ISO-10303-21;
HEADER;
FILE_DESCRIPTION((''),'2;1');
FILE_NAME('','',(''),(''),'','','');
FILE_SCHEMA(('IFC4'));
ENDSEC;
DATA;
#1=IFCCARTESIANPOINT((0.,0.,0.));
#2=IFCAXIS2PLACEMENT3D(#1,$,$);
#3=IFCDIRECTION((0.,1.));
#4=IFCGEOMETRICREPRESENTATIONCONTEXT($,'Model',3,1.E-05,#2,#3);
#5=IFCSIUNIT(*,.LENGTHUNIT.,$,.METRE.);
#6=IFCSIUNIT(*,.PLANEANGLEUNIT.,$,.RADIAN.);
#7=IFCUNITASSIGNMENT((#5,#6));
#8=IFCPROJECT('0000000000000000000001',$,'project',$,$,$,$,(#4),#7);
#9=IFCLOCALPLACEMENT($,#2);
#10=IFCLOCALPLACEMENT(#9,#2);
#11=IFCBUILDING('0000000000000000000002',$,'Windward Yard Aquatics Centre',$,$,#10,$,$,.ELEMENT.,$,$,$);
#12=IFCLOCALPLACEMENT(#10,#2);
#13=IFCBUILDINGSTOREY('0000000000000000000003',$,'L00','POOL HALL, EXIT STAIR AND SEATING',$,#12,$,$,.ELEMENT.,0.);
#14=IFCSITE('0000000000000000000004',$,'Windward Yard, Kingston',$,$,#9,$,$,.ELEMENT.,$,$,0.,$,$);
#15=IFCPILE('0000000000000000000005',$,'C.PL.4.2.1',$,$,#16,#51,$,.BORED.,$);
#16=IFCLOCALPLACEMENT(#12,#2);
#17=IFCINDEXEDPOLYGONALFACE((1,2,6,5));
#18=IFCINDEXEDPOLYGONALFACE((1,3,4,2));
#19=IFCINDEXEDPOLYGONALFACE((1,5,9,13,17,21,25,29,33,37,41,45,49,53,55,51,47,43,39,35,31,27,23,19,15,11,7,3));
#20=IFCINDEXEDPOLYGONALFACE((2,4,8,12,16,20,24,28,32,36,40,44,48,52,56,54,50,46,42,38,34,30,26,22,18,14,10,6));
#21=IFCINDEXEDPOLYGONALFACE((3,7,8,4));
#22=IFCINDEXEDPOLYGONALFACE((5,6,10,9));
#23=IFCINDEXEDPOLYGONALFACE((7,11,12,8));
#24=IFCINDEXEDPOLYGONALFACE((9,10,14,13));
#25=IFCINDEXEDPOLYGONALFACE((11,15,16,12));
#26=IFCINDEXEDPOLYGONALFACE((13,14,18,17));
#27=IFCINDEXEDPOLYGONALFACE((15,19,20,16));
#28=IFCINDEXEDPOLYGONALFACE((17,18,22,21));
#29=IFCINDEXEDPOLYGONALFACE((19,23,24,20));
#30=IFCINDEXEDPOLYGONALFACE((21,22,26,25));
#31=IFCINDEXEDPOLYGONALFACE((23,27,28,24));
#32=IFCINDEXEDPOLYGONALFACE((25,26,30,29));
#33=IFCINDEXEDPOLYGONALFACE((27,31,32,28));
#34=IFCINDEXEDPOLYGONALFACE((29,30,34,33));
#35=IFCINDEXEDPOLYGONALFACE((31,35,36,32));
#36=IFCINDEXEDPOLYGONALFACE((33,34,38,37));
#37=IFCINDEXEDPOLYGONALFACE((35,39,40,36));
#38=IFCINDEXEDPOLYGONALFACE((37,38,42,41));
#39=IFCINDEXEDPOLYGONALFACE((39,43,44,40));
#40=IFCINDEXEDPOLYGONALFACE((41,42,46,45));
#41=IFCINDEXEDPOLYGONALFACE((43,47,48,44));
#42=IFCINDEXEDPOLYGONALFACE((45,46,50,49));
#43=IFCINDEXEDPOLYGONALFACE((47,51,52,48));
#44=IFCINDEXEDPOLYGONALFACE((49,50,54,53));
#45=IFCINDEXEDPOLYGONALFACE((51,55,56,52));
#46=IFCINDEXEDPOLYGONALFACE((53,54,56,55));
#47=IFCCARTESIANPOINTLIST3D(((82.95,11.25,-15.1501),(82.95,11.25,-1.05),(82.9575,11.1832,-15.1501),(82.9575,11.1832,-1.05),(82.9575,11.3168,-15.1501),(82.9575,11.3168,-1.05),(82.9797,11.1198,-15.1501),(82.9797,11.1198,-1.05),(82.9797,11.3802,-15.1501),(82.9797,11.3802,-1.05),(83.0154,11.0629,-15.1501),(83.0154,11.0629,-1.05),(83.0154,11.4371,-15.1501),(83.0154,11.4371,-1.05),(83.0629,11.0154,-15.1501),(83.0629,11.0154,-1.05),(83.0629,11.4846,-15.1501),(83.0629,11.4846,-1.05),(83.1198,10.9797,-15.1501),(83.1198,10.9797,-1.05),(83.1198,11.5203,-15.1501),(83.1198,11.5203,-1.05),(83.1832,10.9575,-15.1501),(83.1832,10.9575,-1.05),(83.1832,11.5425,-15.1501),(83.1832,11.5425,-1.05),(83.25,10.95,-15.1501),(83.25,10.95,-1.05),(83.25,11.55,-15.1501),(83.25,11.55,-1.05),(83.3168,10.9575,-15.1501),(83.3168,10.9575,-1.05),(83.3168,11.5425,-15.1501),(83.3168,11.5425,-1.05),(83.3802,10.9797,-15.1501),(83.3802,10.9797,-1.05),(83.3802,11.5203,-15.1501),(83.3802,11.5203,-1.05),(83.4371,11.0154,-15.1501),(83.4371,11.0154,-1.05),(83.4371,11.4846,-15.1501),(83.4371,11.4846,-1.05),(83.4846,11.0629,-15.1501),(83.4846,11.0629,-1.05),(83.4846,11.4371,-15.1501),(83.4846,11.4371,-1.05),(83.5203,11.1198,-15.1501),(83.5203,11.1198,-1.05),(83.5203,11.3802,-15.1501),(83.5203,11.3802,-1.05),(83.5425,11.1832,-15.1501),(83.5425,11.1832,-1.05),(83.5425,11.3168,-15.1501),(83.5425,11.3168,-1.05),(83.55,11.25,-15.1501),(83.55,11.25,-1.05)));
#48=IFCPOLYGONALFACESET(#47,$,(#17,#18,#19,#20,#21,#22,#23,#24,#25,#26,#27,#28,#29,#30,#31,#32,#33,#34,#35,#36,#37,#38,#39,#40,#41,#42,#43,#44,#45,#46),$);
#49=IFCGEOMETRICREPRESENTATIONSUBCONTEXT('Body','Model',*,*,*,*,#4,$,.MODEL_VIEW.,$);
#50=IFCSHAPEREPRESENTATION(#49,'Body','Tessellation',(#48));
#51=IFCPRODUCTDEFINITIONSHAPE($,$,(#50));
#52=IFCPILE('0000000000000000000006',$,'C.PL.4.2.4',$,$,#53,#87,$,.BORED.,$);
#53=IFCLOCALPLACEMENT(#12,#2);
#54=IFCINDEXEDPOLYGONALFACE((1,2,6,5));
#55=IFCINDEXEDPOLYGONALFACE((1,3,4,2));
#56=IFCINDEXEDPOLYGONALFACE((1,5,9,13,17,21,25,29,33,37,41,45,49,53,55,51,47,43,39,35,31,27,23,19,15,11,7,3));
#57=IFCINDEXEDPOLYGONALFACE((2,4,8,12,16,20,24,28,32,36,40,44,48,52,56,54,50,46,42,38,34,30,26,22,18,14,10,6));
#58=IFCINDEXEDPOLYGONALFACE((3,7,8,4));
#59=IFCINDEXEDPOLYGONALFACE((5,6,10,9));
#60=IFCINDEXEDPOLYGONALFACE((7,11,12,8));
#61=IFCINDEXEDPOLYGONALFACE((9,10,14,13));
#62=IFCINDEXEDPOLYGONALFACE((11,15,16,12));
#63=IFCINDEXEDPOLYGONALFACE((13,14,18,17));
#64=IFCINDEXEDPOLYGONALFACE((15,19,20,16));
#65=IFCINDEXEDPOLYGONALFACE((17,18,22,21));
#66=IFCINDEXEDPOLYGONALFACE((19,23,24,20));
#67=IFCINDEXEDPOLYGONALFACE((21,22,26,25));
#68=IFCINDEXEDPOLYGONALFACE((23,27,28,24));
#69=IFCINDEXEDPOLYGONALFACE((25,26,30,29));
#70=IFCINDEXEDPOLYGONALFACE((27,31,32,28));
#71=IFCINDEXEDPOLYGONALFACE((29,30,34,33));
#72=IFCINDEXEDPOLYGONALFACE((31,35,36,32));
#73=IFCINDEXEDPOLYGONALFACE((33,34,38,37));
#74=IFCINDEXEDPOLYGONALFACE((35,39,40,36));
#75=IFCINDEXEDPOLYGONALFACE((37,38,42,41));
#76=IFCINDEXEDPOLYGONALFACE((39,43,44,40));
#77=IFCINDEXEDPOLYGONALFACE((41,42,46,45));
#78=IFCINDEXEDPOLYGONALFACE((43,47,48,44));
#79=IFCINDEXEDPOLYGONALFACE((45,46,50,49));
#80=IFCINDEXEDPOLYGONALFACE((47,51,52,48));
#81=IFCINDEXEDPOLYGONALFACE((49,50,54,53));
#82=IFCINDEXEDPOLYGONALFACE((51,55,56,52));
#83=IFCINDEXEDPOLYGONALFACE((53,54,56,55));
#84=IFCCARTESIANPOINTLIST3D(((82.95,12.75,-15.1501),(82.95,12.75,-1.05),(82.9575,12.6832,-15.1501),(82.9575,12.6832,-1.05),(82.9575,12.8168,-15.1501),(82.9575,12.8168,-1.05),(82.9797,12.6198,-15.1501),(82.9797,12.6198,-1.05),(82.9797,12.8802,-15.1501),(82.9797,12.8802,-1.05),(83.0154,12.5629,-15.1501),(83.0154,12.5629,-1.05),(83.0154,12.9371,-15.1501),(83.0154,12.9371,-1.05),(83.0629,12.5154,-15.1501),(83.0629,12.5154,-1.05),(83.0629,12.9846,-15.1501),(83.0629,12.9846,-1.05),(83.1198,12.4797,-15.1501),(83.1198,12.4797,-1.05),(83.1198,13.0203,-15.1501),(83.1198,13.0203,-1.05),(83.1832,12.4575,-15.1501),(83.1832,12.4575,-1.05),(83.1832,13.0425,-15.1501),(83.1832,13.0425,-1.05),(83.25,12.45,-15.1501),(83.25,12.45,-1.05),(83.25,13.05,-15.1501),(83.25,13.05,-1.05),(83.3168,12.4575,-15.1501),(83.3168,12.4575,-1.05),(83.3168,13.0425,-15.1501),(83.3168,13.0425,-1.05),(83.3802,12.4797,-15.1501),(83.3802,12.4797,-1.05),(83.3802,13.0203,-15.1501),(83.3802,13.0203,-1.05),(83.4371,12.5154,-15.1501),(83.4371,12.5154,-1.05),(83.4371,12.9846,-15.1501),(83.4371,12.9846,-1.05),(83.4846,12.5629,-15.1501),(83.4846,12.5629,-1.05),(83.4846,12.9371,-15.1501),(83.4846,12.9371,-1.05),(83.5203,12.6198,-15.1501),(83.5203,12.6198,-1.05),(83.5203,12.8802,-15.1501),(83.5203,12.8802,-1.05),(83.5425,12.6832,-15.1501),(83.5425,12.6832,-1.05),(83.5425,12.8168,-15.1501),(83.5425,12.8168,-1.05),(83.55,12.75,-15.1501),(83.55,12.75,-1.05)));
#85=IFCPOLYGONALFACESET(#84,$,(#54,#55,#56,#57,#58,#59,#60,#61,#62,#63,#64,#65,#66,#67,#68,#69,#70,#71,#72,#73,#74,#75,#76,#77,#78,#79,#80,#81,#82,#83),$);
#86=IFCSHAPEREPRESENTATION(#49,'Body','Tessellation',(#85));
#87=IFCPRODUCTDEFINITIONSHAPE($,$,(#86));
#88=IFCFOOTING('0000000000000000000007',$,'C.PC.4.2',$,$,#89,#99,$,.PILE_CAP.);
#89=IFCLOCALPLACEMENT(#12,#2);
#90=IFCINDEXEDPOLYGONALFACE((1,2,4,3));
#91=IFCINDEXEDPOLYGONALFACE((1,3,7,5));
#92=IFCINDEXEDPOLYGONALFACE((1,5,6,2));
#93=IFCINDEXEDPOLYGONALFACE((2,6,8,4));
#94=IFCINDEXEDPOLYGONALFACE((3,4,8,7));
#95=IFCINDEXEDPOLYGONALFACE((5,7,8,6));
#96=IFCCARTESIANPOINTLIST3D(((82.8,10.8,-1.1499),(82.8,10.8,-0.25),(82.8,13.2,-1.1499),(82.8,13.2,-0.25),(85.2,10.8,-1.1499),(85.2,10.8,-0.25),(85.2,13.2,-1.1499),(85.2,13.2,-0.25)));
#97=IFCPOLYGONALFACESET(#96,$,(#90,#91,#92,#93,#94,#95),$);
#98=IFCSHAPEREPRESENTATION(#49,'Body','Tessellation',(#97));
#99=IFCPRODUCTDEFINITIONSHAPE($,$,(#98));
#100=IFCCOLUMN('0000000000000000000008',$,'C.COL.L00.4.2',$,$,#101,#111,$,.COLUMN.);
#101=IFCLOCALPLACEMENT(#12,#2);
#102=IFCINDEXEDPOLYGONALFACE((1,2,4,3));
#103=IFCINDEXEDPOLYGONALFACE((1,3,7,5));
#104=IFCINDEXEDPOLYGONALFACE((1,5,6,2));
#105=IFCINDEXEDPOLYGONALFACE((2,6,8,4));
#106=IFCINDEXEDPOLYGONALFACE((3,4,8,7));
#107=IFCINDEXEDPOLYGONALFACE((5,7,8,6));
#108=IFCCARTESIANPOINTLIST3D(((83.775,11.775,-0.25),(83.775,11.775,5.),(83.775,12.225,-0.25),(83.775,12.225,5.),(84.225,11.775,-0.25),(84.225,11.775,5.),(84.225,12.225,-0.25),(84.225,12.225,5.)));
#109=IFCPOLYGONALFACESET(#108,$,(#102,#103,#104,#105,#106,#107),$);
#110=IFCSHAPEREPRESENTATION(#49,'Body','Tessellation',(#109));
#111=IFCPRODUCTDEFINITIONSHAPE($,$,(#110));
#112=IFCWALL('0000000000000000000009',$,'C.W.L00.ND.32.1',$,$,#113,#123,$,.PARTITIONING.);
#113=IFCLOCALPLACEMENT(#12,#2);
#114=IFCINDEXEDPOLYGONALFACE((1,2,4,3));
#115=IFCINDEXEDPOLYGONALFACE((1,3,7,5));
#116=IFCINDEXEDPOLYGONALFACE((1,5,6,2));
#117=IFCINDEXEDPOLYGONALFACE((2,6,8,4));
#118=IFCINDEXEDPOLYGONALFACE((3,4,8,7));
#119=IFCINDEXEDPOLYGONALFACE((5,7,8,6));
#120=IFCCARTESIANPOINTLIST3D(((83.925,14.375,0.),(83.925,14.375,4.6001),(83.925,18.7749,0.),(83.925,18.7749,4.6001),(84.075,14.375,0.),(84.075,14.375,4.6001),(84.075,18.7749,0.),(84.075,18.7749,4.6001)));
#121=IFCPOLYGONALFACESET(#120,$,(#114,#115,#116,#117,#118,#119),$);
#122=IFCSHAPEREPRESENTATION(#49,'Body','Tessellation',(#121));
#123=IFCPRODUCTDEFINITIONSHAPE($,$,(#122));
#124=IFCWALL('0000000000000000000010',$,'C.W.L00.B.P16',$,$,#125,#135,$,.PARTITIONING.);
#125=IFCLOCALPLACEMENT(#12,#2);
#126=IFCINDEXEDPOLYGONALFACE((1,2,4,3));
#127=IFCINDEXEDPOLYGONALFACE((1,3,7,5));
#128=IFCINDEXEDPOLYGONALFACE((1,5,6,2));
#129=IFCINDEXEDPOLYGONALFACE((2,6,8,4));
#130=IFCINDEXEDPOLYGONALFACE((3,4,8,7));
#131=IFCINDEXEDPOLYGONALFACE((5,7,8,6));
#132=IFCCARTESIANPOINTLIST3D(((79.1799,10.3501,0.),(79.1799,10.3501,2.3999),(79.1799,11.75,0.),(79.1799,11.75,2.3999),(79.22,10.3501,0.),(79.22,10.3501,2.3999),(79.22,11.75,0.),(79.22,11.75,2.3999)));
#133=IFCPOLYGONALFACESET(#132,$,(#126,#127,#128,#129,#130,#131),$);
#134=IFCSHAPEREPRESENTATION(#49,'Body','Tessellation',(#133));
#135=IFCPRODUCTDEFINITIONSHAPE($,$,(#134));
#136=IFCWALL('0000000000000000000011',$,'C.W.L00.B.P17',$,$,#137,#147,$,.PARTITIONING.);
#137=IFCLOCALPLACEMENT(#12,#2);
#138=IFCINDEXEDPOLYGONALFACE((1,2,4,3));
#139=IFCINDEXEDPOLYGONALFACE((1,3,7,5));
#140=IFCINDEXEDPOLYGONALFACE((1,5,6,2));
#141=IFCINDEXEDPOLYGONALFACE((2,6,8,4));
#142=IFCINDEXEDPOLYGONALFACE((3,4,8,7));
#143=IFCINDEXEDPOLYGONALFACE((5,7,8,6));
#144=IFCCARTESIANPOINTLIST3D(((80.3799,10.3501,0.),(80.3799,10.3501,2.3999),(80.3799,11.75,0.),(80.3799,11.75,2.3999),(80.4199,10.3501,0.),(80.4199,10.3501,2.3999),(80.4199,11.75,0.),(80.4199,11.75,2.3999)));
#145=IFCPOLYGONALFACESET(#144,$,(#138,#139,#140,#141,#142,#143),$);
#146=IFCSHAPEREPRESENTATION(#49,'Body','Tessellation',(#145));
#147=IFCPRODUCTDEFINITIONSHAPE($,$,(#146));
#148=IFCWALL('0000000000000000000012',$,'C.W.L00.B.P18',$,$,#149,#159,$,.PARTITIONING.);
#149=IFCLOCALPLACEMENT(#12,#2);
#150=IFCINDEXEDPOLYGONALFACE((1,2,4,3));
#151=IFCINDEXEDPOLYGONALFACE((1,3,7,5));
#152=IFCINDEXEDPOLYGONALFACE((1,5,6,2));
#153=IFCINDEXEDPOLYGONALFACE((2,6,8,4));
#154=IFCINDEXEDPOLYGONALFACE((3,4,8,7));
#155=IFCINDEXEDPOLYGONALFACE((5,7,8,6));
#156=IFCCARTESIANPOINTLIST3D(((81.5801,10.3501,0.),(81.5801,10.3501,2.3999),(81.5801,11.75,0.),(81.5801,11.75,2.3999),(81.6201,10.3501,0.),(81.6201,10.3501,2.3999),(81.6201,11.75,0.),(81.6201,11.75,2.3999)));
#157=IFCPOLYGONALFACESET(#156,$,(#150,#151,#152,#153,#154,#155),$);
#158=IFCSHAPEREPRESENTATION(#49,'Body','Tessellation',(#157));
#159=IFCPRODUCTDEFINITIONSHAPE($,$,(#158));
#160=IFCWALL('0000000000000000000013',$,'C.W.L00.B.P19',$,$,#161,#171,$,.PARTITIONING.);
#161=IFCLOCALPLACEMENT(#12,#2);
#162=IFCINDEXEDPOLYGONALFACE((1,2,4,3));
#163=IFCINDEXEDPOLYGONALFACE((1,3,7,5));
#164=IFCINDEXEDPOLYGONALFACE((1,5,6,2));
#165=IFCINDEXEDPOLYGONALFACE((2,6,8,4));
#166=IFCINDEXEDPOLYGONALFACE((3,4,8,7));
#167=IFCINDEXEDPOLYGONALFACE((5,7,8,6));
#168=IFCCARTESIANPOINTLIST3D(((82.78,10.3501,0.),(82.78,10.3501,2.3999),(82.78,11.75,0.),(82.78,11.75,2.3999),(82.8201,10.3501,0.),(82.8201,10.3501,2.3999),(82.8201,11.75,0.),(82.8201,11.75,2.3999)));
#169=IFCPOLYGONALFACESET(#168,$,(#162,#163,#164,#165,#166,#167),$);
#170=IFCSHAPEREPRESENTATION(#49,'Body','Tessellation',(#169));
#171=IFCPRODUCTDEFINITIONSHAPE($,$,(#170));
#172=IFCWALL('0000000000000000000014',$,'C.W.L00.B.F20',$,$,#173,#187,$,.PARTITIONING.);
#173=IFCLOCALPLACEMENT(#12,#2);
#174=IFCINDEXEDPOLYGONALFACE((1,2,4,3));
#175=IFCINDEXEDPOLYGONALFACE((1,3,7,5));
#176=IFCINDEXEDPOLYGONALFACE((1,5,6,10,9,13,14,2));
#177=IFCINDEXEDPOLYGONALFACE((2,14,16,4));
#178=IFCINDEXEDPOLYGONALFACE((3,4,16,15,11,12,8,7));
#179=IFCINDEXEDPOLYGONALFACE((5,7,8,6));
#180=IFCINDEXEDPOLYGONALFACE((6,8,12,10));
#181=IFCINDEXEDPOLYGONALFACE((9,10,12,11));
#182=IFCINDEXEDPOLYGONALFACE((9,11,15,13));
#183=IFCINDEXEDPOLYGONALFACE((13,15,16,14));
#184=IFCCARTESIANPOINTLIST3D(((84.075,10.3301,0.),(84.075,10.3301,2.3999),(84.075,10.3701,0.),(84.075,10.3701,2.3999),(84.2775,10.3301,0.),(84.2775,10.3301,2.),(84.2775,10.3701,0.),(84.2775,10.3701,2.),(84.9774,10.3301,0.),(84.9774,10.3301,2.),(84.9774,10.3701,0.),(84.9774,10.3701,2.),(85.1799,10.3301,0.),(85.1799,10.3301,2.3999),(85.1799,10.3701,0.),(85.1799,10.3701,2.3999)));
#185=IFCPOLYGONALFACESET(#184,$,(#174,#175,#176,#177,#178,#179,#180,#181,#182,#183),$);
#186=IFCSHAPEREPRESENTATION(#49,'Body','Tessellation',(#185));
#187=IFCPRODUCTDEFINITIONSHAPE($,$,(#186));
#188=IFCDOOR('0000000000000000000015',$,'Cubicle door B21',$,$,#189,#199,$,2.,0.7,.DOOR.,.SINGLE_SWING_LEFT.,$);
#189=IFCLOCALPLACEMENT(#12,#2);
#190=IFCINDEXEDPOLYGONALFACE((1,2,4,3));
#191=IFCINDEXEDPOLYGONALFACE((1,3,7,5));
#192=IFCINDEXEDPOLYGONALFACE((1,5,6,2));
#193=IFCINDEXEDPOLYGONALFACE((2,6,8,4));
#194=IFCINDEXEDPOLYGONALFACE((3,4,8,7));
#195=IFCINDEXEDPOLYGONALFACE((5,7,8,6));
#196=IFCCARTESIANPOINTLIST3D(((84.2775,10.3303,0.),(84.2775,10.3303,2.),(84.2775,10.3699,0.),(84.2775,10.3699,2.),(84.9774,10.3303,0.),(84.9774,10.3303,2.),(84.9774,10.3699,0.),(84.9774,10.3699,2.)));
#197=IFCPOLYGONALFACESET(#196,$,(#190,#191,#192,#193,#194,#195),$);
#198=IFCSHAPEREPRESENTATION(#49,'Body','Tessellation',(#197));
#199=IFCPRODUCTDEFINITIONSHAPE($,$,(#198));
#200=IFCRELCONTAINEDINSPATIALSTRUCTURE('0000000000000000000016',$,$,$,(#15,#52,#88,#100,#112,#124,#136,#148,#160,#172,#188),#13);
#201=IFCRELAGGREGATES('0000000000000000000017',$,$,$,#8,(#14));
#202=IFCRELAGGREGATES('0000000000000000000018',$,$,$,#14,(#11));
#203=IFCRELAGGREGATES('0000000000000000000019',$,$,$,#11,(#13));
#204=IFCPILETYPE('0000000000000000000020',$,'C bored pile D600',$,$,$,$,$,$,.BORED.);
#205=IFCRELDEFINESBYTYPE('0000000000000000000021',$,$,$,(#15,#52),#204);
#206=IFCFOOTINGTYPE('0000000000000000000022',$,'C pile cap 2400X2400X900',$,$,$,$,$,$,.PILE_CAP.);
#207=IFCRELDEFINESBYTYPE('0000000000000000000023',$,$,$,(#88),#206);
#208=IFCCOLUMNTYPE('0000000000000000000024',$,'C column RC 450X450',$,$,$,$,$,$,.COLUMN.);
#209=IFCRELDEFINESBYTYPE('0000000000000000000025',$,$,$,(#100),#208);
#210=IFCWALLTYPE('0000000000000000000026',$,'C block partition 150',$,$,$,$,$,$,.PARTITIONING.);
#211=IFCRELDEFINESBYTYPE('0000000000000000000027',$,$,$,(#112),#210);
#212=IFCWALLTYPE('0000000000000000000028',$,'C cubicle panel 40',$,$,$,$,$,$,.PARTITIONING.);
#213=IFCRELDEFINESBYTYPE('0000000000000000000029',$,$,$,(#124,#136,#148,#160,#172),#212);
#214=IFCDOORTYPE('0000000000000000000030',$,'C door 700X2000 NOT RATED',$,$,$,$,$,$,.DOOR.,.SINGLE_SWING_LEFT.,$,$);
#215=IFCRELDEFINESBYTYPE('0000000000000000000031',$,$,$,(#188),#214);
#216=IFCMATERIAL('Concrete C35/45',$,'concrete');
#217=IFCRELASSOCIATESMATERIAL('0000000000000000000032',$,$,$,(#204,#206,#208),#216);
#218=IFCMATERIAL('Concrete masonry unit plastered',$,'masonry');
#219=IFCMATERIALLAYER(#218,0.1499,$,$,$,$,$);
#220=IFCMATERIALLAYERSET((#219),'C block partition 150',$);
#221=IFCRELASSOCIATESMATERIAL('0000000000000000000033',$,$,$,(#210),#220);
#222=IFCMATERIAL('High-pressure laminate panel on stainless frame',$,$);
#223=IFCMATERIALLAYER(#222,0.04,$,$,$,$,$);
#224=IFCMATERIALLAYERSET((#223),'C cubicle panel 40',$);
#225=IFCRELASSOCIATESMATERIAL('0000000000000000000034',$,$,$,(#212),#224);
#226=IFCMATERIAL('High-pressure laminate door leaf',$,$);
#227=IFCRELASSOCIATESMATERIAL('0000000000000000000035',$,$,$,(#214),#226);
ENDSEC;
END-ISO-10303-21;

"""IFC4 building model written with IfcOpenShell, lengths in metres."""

from ifc_helpers import new_model, si_unit, direction, frame, frame_2d, origin, origin_2d, place, context, subcontext, project, spatial, rectangle, circle, extrude, material, layer, layer_set, material_profile, profile_set, type_object, element, fill, save


model = new_model("IFC4")

# Units and contexts
model_context = context("Model", 3, precision=1e-05, world=origin(), true_north=direction((0.0, 1.0)))
body_context = subcontext(model_context, "Body", "Model", "MODEL_VIEW")
ifc_project = project(units=[si_unit("LENGTHUNIT", "METRE"), si_unit("PLANEANGLEUNIT", "RADIAN")], contexts=[model_context])

# Site, building, storey
site_placement = place(None, origin())
site = spatial("IfcSite", under=ifc_project, at=site_placement, Name="Windward Yard, Kingston", CompositionType="ELEMENT", RefElevation=0.0)
building_placement = place(site_placement, origin())
building = spatial("IfcBuilding", under=site, at=building_placement, Name="Windward Yard Aquatics Centre", CompositionType="ELEMENT")
storey_placement = place(building_placement, origin())
storey = spatial("IfcBuildingStorey", under=building, at=storey_placement, Name="L00", Description="POOL HALL, EXIT STAIR AND SEATING", CompositionType="ELEMENT", Elevation=0.0)

# Piles
ifc_material_1 = material(Name="Concrete C35/45", Category="concrete")
ifc_material_profile_1 = material_profile(ifc_material_1, circle(Radius=0.3, at=origin_2d()), Name="RC D600")
ifc_profile_set_1 = profile_set([ifc_material_profile_1], Name="Concrete C35/45")
pile_type = type_object("IfcPileType", Name="C bored pile D600", PredefinedType="BORED", material=ifc_profile_set_1)
for number, where, z_axis, x_axis, name in (
    (1, (83.25, 11.25, -1.05), (0.0, 0.0, -1.0), (1.0, 0.0, 0.0), "C.PL.4.2.1"),
    (2, (83.25, 12.75, -1.05), (0.0, 0.0, -1.0), (1.0, 0.0, 0.0), "C.PL.4.2.4"),
):
    element("IfcPile", number, at=place(storey_placement, frame(where, z_axis=z_axis, x_axis=x_axis)), inside=storey, type_object=pile_type, Name=name, PredefinedType="BORED", context=body_context, shape_type="SweptSolid", body=[
        extrude(circle(Radius=0.3, at=origin_2d()), origin(), (0.0, 0.0, 1.0), 14.1001),
    ])

# Footing
footing_type = type_object("IfcFootingType", Name="C pile cap 2400X2400X900", PredefinedType="PILE_CAP", material=ifc_material_1)
footing_placement = place(storey_placement, frame((84.0, 12.0, -1.1499), z_axis=(0.0, 0.0, 1.0), x_axis=(1.0, 0.0, 0.0)))
element("IfcFooting", 3, at=footing_placement, inside=storey, type_object=footing_type, Name="C.PC.4.2", PredefinedType="PILE_CAP", context=body_context, shape_type="SweptSolid", body=[
    extrude(rectangle(XDim=2.3999, YDim=2.3999, at=origin_2d()), origin(), (0.0, 0.0, 1.0), 0.8999),
])

# Column
ifc_material_profile_2 = material_profile(ifc_material_1, rectangle(XDim=0.45, YDim=0.45, at=origin_2d()), Name="RC 450X450")
ifc_profile_set_2 = profile_set([ifc_material_profile_2], Name="Concrete C35/45")
column_type = type_object("IfcColumnType", Name="C column RC 450X450", PredefinedType="COLUMN", material=ifc_profile_set_2)
column_placement = place(storey_placement, frame((84.0, 12.0, -0.25), z_axis=(0.0, 0.0, 1.0), x_axis=(1.0, 0.0, 0.0)))
element("IfcColumn", 4, at=column_placement, inside=storey, type_object=column_type, Name="C.COL.L00.4.2", PredefinedType="COLUMN", context=body_context, shape_type="SweptSolid", body=[
    extrude(rectangle(XDim=0.45, YDim=0.45, at=origin_2d()), origin(), (0.0, 0.0, 1.0), 5.25),
])

# Walls
ifc_material_2 = material(Name="Concrete masonry unit plastered", Category="masonry")
ifc_layer_1 = layer(ifc_material_2, 0.1499)
ifc_layer_set_1 = layer_set([ifc_layer_1], Name="C block partition 150")
wall_type_1 = type_object("IfcWallType", Name="C block partition 150", PredefinedType="PARTITIONING", material=ifc_layer_set_1)
wall_1_placement = place(storey_placement, frame((84.0, 14.375, 0.0), z_axis=(0.0, 0.0, 1.0), x_axis=(0.0, 1.0, 0.0)))
element("IfcWall", 5, at=wall_1_placement, inside=storey, type_object=wall_type_1, Name="C.W.L00.ND.32.1", PredefinedType="PARTITIONING", context=body_context, shape_type="SweptSolid", body=[
    extrude(rectangle(XDim=4.3999, YDim=0.1499, at=frame_2d((2.2, 0.0))), origin(), (0.0, 0.0, 1.0), 4.6001),
])
ifc_material_3 = material(Name="High-pressure laminate panel on stainless frame")
ifc_layer_2 = layer(ifc_material_3, 0.04)
ifc_layer_set_2 = layer_set([ifc_layer_2], Name="C cubicle panel 40")
wall_type_2 = type_object("IfcWallType", Name="C cubicle panel 40", PredefinedType="PARTITIONING", material=ifc_layer_set_2)
for number, where, z_axis, x_axis, name in (
    (6, (79.2, 11.75, 0.0), (0.0, 0.0, 1.0), (0.0, -1.0, 0.0), "C.W.L00.B.P16"),
    (7, (80.3999, 11.75, 0.0), (0.0, 0.0, 1.0), (0.0, -1.0, 0.0), "C.W.L00.B.P17"),
    (8, (81.6001, 11.75, 0.0), (0.0, 0.0, 1.0), (0.0, -1.0, 0.0), "C.W.L00.B.P18"),
    (9, (82.8, 11.75, 0.0), (0.0, 0.0, 1.0), (0.0, -1.0, 0.0), "C.W.L00.B.P19"),
):
    element("IfcWall", number, at=place(storey_placement, frame(where, z_axis=z_axis, x_axis=x_axis)), inside=storey, type_object=wall_type_2, Name=name, PredefinedType="PARTITIONING", context=body_context, shape_type="SweptSolid", body=[
        extrude(rectangle(XDim=1.3999, YDim=0.04, at=frame_2d((0.7, 0.0))), origin(), (0.0, 0.0, 1.0), 2.3999),
    ])

# Wall, opening, door
wall_2_placement = place(storey_placement, frame((84.075, 10.3501, 0.0), z_axis=(0.0, 0.0, 1.0), x_axis=(1.0, 0.0, 0.0)))
wall_2 = element("IfcWall", 10, at=wall_2_placement, inside=storey, type_object=wall_type_2, Name="C.W.L00.B.F20", PredefinedType="PARTITIONING", context=body_context, shape_type="SweptSolid", body=[
    extrude(rectangle(XDim=1.105, YDim=0.04, at=frame_2d((0.5525, 0.0))), origin(), (0.0, 0.0, 1.0), 2.3999),
])
opening_placement = place(wall_2_placement, frame((0.2024, 0.0, 0.0)))
opening = element("IfcOpeningElement", 11, at=opening_placement, cuts=wall_2, PredefinedType="OPENING", context=body_context, shape_type="SweptSolid", body=[
    extrude(rectangle(XDim=0.7, YDim=2.0, at=frame_2d((0.3501, 1.0))), frame((0.0, 0.03, 0.0), z_axis=(0.0, -1.0, 0.0), x_axis=(1.0, 0.0, 0.0)), (0.0, 0.0, 1.0), 0.0601),
])
ifc_material_4 = material(Name="High-pressure laminate door leaf")
door_type = type_object("IfcDoorType", Name="C door 700X2000 NOT RATED", OperationType="SINGLE_SWING_LEFT", PredefinedType="DOOR", material=ifc_material_4)
door_placement = place(opening_placement, origin())
door = element("IfcDoor", 12, at=door_placement, inside=storey, type_object=door_type, Name="Cubicle door B21", OperationType="SINGLE_SWING_LEFT", OverallHeight=2.0, OverallWidth=0.7, PredefinedType="DOOR", context=body_context, shape_type="SweptSolid", body=[
    extrude(rectangle(XDim=0.7, YDim=2.0, at=frame_2d((0.3501, 1.0))), frame((0.0, 0.0198, 0.0), z_axis=(0.0, -1.0, 0.0), x_axis=(1.0, 0.0, 0.0)), (0.0, 0.0, 1.0), 0.0396),
])
fill(opening, door)

save(model, "model.ifc")
